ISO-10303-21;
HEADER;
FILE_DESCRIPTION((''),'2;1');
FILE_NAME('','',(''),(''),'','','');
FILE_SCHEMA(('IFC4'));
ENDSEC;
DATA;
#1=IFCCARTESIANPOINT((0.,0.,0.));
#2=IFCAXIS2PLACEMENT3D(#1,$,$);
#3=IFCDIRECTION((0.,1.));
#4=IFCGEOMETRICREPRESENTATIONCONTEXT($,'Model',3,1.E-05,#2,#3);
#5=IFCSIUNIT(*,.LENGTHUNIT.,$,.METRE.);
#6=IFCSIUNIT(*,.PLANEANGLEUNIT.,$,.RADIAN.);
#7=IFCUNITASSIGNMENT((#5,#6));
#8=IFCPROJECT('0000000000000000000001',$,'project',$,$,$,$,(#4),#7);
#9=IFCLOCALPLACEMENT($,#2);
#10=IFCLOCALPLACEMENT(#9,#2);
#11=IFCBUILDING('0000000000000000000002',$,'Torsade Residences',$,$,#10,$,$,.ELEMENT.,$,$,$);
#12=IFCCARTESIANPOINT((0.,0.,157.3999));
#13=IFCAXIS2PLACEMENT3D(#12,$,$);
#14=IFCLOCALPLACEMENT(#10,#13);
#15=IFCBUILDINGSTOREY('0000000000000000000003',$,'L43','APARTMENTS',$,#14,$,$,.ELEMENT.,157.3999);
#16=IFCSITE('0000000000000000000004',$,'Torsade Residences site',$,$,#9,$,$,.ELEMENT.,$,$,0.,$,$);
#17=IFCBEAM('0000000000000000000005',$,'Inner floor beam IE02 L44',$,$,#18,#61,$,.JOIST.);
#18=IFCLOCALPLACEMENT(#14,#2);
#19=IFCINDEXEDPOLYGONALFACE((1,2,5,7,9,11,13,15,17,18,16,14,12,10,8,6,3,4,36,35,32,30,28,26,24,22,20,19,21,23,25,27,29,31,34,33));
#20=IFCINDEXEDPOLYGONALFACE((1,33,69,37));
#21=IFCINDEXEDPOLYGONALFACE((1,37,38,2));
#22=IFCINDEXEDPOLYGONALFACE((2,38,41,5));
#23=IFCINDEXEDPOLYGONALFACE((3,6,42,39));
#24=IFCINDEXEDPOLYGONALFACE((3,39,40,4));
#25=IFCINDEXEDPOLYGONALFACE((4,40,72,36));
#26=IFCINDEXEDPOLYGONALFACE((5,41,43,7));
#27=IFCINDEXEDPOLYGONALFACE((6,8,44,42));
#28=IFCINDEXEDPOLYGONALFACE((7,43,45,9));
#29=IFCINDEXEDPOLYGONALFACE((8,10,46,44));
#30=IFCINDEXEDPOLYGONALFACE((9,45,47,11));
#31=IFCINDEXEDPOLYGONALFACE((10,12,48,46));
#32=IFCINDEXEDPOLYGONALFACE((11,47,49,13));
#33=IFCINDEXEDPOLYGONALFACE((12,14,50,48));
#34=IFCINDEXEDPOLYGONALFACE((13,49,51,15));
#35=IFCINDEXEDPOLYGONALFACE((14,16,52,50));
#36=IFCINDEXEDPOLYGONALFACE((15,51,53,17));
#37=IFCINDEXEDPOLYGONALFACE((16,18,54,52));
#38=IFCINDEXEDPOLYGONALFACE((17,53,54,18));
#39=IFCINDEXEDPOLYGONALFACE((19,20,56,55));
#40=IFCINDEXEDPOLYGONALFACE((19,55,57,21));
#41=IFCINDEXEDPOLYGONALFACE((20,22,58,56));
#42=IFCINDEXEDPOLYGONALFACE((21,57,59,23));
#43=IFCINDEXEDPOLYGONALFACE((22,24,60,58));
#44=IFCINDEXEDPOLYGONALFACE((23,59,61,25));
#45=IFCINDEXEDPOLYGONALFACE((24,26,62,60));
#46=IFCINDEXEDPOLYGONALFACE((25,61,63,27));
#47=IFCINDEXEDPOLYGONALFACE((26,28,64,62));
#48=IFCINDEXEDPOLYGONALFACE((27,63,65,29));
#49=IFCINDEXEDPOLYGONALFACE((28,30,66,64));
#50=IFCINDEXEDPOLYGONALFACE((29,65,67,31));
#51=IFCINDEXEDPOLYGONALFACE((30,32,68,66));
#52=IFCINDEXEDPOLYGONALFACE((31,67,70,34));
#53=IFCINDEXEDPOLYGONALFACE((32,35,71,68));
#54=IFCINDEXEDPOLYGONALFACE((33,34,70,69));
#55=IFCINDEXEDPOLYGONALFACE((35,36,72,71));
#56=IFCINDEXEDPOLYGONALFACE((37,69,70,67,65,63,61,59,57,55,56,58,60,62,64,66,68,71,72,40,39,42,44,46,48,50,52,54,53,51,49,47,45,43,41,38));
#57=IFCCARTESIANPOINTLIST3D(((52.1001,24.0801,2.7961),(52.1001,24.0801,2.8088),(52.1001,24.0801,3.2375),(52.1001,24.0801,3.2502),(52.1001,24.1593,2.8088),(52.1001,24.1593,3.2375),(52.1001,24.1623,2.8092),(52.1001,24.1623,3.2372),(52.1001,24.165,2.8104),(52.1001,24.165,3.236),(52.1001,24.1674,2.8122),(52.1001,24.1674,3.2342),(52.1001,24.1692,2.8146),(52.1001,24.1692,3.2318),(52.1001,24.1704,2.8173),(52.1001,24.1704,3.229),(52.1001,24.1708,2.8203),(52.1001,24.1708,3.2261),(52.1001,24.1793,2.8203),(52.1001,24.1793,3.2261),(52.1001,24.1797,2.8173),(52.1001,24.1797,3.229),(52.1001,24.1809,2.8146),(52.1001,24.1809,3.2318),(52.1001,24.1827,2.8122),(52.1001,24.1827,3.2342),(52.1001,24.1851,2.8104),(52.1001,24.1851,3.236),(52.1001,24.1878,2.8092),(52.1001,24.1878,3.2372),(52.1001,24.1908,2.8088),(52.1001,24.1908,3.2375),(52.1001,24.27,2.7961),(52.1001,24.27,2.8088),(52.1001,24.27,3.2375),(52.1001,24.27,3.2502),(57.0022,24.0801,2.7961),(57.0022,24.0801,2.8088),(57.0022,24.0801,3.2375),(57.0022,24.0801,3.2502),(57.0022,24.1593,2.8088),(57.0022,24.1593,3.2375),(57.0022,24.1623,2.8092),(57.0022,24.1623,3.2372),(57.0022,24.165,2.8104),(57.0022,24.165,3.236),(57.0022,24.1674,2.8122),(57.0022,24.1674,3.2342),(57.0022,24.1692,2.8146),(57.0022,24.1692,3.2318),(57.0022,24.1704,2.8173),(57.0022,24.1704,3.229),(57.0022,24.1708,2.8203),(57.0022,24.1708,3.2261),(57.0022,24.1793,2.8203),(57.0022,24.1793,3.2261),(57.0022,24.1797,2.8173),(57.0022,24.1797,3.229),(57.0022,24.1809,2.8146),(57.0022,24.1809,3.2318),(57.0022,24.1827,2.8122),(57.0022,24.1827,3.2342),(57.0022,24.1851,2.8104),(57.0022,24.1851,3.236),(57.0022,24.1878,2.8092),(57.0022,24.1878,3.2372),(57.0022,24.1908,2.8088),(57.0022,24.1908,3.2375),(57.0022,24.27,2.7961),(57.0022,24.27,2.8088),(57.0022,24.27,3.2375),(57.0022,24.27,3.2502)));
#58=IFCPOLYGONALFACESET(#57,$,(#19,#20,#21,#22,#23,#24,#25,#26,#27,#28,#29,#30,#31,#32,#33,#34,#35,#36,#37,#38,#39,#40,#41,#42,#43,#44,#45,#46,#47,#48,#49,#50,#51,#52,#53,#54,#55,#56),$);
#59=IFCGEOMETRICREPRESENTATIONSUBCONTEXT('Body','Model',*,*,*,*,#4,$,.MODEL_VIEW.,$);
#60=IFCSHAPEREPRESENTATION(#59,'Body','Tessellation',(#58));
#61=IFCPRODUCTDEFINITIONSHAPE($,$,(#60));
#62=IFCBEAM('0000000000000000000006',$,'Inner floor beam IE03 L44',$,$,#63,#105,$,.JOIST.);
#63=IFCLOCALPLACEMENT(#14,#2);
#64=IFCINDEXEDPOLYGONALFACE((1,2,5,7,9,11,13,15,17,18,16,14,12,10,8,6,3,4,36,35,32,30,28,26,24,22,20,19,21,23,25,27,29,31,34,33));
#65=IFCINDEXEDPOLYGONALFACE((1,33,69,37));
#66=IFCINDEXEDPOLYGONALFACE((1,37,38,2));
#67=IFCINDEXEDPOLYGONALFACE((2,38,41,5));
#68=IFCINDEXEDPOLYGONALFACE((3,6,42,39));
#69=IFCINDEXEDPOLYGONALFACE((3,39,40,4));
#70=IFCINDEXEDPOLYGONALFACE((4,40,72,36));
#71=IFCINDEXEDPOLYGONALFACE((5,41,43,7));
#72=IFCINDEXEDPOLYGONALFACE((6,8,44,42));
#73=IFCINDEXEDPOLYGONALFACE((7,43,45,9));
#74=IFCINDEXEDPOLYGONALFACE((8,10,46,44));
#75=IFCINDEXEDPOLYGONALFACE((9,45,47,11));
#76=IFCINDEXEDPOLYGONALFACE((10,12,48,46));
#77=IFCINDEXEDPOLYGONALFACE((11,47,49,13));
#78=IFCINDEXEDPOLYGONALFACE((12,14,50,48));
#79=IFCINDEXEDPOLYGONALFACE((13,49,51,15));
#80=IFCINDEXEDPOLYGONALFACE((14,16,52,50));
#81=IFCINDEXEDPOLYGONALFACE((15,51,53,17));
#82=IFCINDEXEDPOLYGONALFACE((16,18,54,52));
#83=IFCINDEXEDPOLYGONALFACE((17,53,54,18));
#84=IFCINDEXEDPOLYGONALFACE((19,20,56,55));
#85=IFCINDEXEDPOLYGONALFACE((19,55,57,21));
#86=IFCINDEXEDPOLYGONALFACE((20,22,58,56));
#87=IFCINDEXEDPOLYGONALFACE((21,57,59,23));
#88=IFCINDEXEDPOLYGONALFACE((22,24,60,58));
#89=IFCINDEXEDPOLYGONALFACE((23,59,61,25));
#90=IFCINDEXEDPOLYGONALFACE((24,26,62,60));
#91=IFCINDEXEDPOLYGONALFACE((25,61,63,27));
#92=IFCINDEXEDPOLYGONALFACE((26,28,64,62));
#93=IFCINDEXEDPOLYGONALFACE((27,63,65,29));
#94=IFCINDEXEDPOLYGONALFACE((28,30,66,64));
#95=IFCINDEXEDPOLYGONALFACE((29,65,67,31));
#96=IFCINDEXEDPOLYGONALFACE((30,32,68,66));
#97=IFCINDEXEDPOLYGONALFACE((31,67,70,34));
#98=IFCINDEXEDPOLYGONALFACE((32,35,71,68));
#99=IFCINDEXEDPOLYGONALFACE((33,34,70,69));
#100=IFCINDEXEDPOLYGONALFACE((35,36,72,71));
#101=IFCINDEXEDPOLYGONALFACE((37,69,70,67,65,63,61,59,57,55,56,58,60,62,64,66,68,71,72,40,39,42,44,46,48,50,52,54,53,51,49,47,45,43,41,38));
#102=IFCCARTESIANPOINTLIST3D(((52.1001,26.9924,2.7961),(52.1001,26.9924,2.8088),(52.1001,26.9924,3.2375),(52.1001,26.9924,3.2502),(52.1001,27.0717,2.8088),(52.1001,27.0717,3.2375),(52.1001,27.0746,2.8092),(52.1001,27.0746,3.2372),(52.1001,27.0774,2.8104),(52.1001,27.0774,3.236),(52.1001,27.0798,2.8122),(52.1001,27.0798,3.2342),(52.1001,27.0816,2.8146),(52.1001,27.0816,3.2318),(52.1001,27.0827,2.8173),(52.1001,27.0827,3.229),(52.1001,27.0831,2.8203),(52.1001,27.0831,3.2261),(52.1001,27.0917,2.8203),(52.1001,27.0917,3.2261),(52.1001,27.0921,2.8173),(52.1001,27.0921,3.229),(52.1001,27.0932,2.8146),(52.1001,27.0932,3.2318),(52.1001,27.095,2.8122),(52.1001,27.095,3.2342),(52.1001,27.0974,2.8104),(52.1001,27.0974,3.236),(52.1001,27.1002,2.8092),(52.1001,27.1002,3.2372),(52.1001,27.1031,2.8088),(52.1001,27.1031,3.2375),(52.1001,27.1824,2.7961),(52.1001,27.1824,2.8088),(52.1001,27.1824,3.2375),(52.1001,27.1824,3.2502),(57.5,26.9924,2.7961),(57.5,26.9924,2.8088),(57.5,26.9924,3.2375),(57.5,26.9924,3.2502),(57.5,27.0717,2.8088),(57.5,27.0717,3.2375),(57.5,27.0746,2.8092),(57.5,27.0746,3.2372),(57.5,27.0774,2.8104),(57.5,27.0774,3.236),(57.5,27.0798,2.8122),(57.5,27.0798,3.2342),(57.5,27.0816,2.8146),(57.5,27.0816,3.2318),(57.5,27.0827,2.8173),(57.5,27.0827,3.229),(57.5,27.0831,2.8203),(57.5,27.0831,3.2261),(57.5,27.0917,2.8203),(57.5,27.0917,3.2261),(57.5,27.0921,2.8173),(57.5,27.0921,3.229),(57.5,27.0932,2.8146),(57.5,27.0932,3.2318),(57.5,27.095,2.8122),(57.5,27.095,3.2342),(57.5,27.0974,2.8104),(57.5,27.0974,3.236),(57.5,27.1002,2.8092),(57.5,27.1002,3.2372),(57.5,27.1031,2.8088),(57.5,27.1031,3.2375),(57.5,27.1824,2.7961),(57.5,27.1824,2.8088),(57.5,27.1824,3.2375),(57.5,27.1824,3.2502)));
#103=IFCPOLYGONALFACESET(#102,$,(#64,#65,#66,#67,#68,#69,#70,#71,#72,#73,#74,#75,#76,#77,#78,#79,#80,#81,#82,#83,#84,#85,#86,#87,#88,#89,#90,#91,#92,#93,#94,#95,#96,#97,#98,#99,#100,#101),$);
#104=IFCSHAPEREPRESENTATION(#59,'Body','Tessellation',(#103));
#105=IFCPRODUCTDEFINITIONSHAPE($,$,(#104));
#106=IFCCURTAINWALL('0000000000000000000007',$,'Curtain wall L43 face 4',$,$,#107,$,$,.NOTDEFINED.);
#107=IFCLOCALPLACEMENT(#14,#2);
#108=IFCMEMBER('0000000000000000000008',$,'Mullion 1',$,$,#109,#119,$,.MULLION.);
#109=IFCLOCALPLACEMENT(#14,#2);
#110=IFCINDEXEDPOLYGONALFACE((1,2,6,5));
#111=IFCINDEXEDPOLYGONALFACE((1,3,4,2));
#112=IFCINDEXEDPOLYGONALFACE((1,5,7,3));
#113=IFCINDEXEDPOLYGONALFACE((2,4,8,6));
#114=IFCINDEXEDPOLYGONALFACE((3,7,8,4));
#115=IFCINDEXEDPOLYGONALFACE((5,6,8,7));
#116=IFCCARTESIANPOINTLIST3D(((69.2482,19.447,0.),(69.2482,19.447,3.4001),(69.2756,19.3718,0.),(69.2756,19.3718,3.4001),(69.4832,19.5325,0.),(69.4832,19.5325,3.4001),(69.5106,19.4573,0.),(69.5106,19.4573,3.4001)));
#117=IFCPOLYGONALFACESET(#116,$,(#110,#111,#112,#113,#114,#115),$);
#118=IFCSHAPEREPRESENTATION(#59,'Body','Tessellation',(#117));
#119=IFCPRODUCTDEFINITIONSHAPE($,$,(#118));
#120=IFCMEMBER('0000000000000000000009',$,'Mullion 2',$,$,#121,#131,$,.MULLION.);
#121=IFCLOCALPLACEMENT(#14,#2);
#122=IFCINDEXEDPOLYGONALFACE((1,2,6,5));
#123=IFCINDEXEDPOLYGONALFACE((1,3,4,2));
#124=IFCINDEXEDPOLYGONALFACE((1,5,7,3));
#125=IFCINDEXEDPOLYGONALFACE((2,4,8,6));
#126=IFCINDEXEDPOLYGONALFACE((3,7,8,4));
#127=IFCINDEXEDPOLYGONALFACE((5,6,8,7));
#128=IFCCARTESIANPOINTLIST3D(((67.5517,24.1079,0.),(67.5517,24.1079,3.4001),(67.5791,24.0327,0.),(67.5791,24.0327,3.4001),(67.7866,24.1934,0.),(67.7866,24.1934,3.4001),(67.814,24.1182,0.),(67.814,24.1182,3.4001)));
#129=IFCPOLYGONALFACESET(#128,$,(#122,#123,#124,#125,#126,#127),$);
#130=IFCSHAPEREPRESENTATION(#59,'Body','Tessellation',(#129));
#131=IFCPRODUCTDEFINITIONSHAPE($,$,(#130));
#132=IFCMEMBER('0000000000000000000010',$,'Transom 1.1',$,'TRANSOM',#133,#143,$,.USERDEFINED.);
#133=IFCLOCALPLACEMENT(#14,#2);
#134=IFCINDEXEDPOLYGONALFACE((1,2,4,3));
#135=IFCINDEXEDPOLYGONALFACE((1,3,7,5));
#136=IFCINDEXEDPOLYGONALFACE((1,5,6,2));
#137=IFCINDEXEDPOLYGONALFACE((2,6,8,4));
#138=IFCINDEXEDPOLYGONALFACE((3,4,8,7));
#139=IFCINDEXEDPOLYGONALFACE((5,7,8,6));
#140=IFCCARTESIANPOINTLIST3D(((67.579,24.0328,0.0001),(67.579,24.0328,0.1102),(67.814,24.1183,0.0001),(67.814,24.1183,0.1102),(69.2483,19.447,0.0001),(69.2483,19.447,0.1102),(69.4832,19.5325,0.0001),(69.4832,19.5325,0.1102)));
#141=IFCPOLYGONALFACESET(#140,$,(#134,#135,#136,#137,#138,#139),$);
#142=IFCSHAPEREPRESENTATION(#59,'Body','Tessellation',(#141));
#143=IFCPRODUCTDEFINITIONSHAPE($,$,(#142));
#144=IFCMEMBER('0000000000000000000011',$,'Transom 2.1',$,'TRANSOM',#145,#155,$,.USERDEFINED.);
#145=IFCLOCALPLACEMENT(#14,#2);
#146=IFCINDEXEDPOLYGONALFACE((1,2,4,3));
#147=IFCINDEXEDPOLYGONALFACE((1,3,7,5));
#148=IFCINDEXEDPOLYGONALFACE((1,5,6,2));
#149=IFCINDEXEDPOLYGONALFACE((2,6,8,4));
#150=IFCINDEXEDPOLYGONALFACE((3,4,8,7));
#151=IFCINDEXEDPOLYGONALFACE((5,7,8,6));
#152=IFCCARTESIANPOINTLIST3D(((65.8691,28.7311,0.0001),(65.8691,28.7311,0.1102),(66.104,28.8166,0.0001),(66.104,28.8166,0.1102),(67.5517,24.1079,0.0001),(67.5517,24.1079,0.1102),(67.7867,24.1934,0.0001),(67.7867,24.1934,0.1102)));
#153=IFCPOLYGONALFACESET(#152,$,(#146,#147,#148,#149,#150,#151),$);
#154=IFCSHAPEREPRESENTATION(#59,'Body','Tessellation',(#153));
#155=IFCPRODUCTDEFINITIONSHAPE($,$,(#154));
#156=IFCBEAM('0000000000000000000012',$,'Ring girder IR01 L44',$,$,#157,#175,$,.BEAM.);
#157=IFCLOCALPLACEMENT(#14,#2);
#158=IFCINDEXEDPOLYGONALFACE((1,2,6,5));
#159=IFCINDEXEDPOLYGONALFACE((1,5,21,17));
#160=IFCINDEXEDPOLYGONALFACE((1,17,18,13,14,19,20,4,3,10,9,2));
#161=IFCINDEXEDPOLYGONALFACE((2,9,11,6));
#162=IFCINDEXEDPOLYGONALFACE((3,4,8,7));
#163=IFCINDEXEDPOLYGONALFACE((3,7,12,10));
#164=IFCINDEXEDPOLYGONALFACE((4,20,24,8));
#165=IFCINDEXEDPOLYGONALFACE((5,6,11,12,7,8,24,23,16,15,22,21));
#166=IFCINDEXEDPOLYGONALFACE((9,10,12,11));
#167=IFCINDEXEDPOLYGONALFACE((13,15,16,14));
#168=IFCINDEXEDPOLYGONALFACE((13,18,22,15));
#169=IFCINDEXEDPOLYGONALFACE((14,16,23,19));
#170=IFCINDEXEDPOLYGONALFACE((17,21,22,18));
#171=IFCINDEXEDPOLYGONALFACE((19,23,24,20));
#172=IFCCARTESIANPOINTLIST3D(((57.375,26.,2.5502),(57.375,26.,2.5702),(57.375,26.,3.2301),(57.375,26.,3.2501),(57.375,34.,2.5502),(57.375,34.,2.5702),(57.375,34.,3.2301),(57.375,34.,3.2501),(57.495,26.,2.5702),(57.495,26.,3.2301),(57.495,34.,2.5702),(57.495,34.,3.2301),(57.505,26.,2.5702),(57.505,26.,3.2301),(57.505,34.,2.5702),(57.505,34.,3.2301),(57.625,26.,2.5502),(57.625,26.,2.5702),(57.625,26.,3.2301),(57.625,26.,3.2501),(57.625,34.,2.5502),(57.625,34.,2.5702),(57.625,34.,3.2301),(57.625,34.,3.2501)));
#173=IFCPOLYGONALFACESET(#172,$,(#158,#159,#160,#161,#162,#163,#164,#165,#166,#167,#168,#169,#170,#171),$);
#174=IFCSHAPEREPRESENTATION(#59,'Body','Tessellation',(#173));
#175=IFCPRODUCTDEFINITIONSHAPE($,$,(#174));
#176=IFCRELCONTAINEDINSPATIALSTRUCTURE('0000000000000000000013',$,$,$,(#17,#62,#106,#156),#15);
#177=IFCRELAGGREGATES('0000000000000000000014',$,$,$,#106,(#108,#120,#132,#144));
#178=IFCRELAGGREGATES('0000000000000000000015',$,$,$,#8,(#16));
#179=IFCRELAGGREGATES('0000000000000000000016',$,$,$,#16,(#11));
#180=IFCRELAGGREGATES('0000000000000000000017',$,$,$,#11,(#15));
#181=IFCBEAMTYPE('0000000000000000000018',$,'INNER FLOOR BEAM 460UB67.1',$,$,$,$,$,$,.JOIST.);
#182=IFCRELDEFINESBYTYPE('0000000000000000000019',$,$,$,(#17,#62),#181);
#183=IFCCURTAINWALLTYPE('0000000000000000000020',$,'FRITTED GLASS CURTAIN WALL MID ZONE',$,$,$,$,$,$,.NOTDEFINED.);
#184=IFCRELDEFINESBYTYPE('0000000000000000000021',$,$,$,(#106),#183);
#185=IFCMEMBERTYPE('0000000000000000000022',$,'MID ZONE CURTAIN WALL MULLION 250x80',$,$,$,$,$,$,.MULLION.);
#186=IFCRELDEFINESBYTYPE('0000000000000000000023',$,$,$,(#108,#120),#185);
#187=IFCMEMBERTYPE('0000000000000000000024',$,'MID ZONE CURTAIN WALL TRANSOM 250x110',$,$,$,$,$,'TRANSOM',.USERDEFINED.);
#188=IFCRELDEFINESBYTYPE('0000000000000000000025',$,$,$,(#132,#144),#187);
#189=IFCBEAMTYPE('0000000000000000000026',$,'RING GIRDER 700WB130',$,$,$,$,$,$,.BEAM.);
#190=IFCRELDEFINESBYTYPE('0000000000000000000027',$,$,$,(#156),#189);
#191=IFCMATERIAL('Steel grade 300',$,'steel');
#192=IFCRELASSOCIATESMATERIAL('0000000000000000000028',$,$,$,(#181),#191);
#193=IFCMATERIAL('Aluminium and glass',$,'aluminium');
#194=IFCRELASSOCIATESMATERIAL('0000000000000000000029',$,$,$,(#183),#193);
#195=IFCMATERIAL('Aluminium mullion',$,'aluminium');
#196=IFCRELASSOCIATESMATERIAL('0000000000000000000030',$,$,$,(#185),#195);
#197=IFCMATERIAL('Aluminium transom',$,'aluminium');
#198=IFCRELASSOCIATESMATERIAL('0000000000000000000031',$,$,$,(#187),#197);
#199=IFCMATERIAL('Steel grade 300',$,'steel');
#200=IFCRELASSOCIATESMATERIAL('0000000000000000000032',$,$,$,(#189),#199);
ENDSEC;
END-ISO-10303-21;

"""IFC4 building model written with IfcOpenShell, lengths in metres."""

from ifc_helpers import new_model, si_unit, direction, frame, origin, origin_2d, place, context, subcontext, project, spatial, rectangle, i_section, extrude, material, material_profile, profile_set, type_object, element, aggregate, save


model = new_model("IFC4")

# Units and contexts
model_context = context("Model", 3, precision=1e-05, world=origin(), true_north=direction((0.0, 1.0)))
body_context = subcontext(model_context, "Body", "Model", "MODEL_VIEW")
ifc_project = project(units=[si_unit("LENGTHUNIT", "METRE"), si_unit("PLANEANGLEUNIT", "RADIAN")], contexts=[model_context])

# Site, building, storey
site_placement = place(None, origin())
site = spatial("IfcSite", under=ifc_project, at=site_placement, Name="Torsade Residences site", CompositionType="ELEMENT", RefElevation=0.0)
building_placement = place(site_placement, origin())
building = spatial("IfcBuilding", under=site, at=building_placement, Name="Torsade Residences", CompositionType="ELEMENT")
storey_placement = place(building_placement, frame((0.0, 0.0, 157.3999)))
storey = spatial("IfcBuildingStorey", under=building, at=storey_placement, Name="L43", Description="APARTMENTS", CompositionType="ELEMENT", Elevation=157.3999)

# Beams
ifc_material_1 = material(Name="Steel grade 300", Category="steel")
ifc_material_profile_1 = material_profile(ifc_material_1, i_section(OverallWidth=0.1899, OverallDepth=0.4541, WebThickness=0.0085, FlangeThickness=0.0127, FilletRadius=0.0115, at=origin_2d()), Name="460UB67.1")
ifc_profile_set_1 = profile_set([ifc_material_profile_1], Name="Steel grade 300")
beam_type_1 = type_object("IfcBeamType", Name="INNER FLOOR BEAM 460UB67.1", PredefinedType="JOIST", material=ifc_profile_set_1)
beam_1_placement = place(storey_placement, frame((52.1001, 24.175, 3.0232), z_axis=(1.0, 0.0, 0.0), x_axis=(0.0, 1.0, 0.0)))
element("IfcBeam", 1, at=beam_1_placement, inside=storey, type_object=beam_type_1, Name="Inner floor beam IE02 L44", PredefinedType="JOIST", context=body_context, shape_type="SweptSolid", body=[
    extrude(i_section(OverallWidth=0.1899, OverallDepth=0.4541, WebThickness=0.0085, FlangeThickness=0.0127, FilletRadius=0.0115, at=origin_2d()), origin(), (0.0, 0.0, 1.0), 4.9021),
])
beam_2_placement = place(storey_placement, frame((52.1001, 27.0874, 3.0232), z_axis=(1.0, 0.0, 0.0), x_axis=(0.0, 1.0, 0.0)))
element("IfcBeam", 2, at=beam_2_placement, inside=storey, type_object=beam_type_1, Name="Inner floor beam IE03 L44", PredefinedType="JOIST", context=body_context, shape_type="SweptSolid", body=[
    extrude(i_section(OverallWidth=0.1899, OverallDepth=0.4541, WebThickness=0.0085, FlangeThickness=0.0127, FilletRadius=0.0115, at=origin_2d()), origin(), (0.0, 0.0, 1.0), 5.3999),
])

# Curtain wall, members
ifc_material_2 = material(Name="Aluminium and glass", Category="aluminium")
curtain_wall_type = type_object("IfcCurtainWallType", Name="FRITTED GLASS CURTAIN WALL MID ZONE", PredefinedType="NOTDEFINED", material=ifc_material_2)
curtain_wall_placement = place(storey_placement, origin())
curtain_wall = element("IfcCurtainWall", 3, at=curtain_wall_placement, inside=storey, type_object=curtain_wall_type, Name="Curtain wall L43 face 4", PredefinedType="NOTDEFINED")
ifc_material_3 = material(Name="Aluminium mullion", Category="aluminium")
ifc_material_profile_2 = material_profile(ifc_material_3, rectangle(XDim=0.25, YDim=0.0801, at=origin_2d()), Name="MID ZONE CURTAIN WALL MULLION 250x80")
ifc_profile_set_2 = profile_set([ifc_material_profile_2], Name="Aluminium mullion")
member_type_1 = type_object("IfcMemberType", Name="MID ZONE CURTAIN WALL MULLION 250x80", PredefinedType="MULLION", material=ifc_profile_set_2)
member_1_placement = place(storey_placement, frame((69.3794, 19.4521, 0.0), z_axis=(0.0, 0.0, 1.0), x_axis=(-0.939693, -0.34202, 0.0)))
member_1 = element("IfcMember", 4, at=member_1_placement, type_object=member_type_1, Name="Mullion 1", PredefinedType="MULLION", context=body_context, shape_type="SweptSolid", body=[
    extrude(rectangle(XDim=0.25, YDim=0.0801, at=origin_2d()), origin(), (0.0, 0.0, 1.0), 3.4001),
])
member_2_placement = place(storey_placement, frame((67.6829, 24.113, 0.0), z_axis=(0.0, 0.0, 1.0), x_axis=(-0.939693, -0.34202, 0.0)))
member_2 = element("IfcMember", 5, at=member_2_placement, type_object=member_type_1, Name="Mullion 2", PredefinedType="MULLION", context=body_context, shape_type="SweptSolid", body=[
    extrude(rectangle(XDim=0.25, YDim=0.0801, at=origin_2d()), origin(), (0.0, 0.0, 1.0), 3.4001),
])
ifc_material_4 = material(Name="Aluminium transom", Category="aluminium")
ifc_material_profile_3 = material_profile(ifc_material_4, rectangle(XDim=0.25, YDim=0.1101, at=origin_2d()), Name="MID ZONE CURTAIN WALL TRANSOM 250x110")
ifc_profile_set_3 = profile_set([ifc_material_profile_3], Name="Aluminium transom")
member_type_2 = type_object("IfcMemberType", Name="MID ZONE CURTAIN WALL TRANSOM 250x110", ElementType="TRANSOM", PredefinedType="USERDEFINED", material=ifc_profile_set_3)
member_3_placement = place(storey_placement, frame((69.3657, 19.4897, 0.0552), z_axis=(-0.342044, 0.939684, 0.0), x_axis=(-0.939684, -0.342044, 0.0)))
member_3 = element("IfcMember", 6, at=member_3_placement, type_object=member_type_2, Name="Transom 1.1", ObjectType="TRANSOM", PredefinedType="USERDEFINED", context=body_context, shape_type="SweptSolid", body=[
    extrude(rectangle(XDim=0.25, YDim=0.1101, at=origin_2d()), origin(), (0.0, 0.0, 1.0), 4.8801),
])
member_4_placement = place(storey_placement, frame((67.6692, 24.1506, 0.0552), z_axis=(-0.341998, 0.939701, 0.0), x_axis=(-0.939701, -0.341998, 0.0)))
member_4 = element("IfcMember", 7, at=member_4_placement, type_object=member_type_2, Name="Transom 2.1", ObjectType="TRANSOM", PredefinedType="USERDEFINED", context=body_context, shape_type="SweptSolid", body=[
    extrude(rectangle(XDim=0.25, YDim=0.1101, at=origin_2d()), origin(), (0.0, 0.0, 1.0), 4.9199),
])

# Beam
ifc_material_5 = material(Name="Steel grade 300", Category="steel")
ifc_material_profile_4 = material_profile(ifc_material_5, i_section(OverallWidth=0.25, OverallDepth=0.7, WebThickness=0.01, FlangeThickness=0.02, at=origin_2d()), Name="700WB130")
ifc_profile_set_4 = profile_set([ifc_material_profile_4], Name="Steel grade 300")
beam_type_2 = type_object("IfcBeamType", Name="RING GIRDER 700WB130", PredefinedType="BEAM", material=ifc_profile_set_4)
beam_3_placement = place(storey_placement, frame((57.5, 26.0, 2.9001), z_axis=(0.0, 1.0, 0.0), x_axis=(-1.0, 0.0, 0.0)))
element("IfcBeam", 8, at=beam_3_placement, inside=storey, type_object=beam_type_2, Name="Ring girder IR01 L44", PredefinedType="BEAM", context=body_context, shape_type="SweptSolid", body=[
    extrude(i_section(OverallWidth=0.25, OverallDepth=0.7, WebThickness=0.01, FlangeThickness=0.02, at=origin_2d()), origin(), (0.0, 0.0, 1.0), 8.0),
])

aggregate(curtain_wall, [member_1, member_2, member_3, member_4])

save(model, "model.ifc")
